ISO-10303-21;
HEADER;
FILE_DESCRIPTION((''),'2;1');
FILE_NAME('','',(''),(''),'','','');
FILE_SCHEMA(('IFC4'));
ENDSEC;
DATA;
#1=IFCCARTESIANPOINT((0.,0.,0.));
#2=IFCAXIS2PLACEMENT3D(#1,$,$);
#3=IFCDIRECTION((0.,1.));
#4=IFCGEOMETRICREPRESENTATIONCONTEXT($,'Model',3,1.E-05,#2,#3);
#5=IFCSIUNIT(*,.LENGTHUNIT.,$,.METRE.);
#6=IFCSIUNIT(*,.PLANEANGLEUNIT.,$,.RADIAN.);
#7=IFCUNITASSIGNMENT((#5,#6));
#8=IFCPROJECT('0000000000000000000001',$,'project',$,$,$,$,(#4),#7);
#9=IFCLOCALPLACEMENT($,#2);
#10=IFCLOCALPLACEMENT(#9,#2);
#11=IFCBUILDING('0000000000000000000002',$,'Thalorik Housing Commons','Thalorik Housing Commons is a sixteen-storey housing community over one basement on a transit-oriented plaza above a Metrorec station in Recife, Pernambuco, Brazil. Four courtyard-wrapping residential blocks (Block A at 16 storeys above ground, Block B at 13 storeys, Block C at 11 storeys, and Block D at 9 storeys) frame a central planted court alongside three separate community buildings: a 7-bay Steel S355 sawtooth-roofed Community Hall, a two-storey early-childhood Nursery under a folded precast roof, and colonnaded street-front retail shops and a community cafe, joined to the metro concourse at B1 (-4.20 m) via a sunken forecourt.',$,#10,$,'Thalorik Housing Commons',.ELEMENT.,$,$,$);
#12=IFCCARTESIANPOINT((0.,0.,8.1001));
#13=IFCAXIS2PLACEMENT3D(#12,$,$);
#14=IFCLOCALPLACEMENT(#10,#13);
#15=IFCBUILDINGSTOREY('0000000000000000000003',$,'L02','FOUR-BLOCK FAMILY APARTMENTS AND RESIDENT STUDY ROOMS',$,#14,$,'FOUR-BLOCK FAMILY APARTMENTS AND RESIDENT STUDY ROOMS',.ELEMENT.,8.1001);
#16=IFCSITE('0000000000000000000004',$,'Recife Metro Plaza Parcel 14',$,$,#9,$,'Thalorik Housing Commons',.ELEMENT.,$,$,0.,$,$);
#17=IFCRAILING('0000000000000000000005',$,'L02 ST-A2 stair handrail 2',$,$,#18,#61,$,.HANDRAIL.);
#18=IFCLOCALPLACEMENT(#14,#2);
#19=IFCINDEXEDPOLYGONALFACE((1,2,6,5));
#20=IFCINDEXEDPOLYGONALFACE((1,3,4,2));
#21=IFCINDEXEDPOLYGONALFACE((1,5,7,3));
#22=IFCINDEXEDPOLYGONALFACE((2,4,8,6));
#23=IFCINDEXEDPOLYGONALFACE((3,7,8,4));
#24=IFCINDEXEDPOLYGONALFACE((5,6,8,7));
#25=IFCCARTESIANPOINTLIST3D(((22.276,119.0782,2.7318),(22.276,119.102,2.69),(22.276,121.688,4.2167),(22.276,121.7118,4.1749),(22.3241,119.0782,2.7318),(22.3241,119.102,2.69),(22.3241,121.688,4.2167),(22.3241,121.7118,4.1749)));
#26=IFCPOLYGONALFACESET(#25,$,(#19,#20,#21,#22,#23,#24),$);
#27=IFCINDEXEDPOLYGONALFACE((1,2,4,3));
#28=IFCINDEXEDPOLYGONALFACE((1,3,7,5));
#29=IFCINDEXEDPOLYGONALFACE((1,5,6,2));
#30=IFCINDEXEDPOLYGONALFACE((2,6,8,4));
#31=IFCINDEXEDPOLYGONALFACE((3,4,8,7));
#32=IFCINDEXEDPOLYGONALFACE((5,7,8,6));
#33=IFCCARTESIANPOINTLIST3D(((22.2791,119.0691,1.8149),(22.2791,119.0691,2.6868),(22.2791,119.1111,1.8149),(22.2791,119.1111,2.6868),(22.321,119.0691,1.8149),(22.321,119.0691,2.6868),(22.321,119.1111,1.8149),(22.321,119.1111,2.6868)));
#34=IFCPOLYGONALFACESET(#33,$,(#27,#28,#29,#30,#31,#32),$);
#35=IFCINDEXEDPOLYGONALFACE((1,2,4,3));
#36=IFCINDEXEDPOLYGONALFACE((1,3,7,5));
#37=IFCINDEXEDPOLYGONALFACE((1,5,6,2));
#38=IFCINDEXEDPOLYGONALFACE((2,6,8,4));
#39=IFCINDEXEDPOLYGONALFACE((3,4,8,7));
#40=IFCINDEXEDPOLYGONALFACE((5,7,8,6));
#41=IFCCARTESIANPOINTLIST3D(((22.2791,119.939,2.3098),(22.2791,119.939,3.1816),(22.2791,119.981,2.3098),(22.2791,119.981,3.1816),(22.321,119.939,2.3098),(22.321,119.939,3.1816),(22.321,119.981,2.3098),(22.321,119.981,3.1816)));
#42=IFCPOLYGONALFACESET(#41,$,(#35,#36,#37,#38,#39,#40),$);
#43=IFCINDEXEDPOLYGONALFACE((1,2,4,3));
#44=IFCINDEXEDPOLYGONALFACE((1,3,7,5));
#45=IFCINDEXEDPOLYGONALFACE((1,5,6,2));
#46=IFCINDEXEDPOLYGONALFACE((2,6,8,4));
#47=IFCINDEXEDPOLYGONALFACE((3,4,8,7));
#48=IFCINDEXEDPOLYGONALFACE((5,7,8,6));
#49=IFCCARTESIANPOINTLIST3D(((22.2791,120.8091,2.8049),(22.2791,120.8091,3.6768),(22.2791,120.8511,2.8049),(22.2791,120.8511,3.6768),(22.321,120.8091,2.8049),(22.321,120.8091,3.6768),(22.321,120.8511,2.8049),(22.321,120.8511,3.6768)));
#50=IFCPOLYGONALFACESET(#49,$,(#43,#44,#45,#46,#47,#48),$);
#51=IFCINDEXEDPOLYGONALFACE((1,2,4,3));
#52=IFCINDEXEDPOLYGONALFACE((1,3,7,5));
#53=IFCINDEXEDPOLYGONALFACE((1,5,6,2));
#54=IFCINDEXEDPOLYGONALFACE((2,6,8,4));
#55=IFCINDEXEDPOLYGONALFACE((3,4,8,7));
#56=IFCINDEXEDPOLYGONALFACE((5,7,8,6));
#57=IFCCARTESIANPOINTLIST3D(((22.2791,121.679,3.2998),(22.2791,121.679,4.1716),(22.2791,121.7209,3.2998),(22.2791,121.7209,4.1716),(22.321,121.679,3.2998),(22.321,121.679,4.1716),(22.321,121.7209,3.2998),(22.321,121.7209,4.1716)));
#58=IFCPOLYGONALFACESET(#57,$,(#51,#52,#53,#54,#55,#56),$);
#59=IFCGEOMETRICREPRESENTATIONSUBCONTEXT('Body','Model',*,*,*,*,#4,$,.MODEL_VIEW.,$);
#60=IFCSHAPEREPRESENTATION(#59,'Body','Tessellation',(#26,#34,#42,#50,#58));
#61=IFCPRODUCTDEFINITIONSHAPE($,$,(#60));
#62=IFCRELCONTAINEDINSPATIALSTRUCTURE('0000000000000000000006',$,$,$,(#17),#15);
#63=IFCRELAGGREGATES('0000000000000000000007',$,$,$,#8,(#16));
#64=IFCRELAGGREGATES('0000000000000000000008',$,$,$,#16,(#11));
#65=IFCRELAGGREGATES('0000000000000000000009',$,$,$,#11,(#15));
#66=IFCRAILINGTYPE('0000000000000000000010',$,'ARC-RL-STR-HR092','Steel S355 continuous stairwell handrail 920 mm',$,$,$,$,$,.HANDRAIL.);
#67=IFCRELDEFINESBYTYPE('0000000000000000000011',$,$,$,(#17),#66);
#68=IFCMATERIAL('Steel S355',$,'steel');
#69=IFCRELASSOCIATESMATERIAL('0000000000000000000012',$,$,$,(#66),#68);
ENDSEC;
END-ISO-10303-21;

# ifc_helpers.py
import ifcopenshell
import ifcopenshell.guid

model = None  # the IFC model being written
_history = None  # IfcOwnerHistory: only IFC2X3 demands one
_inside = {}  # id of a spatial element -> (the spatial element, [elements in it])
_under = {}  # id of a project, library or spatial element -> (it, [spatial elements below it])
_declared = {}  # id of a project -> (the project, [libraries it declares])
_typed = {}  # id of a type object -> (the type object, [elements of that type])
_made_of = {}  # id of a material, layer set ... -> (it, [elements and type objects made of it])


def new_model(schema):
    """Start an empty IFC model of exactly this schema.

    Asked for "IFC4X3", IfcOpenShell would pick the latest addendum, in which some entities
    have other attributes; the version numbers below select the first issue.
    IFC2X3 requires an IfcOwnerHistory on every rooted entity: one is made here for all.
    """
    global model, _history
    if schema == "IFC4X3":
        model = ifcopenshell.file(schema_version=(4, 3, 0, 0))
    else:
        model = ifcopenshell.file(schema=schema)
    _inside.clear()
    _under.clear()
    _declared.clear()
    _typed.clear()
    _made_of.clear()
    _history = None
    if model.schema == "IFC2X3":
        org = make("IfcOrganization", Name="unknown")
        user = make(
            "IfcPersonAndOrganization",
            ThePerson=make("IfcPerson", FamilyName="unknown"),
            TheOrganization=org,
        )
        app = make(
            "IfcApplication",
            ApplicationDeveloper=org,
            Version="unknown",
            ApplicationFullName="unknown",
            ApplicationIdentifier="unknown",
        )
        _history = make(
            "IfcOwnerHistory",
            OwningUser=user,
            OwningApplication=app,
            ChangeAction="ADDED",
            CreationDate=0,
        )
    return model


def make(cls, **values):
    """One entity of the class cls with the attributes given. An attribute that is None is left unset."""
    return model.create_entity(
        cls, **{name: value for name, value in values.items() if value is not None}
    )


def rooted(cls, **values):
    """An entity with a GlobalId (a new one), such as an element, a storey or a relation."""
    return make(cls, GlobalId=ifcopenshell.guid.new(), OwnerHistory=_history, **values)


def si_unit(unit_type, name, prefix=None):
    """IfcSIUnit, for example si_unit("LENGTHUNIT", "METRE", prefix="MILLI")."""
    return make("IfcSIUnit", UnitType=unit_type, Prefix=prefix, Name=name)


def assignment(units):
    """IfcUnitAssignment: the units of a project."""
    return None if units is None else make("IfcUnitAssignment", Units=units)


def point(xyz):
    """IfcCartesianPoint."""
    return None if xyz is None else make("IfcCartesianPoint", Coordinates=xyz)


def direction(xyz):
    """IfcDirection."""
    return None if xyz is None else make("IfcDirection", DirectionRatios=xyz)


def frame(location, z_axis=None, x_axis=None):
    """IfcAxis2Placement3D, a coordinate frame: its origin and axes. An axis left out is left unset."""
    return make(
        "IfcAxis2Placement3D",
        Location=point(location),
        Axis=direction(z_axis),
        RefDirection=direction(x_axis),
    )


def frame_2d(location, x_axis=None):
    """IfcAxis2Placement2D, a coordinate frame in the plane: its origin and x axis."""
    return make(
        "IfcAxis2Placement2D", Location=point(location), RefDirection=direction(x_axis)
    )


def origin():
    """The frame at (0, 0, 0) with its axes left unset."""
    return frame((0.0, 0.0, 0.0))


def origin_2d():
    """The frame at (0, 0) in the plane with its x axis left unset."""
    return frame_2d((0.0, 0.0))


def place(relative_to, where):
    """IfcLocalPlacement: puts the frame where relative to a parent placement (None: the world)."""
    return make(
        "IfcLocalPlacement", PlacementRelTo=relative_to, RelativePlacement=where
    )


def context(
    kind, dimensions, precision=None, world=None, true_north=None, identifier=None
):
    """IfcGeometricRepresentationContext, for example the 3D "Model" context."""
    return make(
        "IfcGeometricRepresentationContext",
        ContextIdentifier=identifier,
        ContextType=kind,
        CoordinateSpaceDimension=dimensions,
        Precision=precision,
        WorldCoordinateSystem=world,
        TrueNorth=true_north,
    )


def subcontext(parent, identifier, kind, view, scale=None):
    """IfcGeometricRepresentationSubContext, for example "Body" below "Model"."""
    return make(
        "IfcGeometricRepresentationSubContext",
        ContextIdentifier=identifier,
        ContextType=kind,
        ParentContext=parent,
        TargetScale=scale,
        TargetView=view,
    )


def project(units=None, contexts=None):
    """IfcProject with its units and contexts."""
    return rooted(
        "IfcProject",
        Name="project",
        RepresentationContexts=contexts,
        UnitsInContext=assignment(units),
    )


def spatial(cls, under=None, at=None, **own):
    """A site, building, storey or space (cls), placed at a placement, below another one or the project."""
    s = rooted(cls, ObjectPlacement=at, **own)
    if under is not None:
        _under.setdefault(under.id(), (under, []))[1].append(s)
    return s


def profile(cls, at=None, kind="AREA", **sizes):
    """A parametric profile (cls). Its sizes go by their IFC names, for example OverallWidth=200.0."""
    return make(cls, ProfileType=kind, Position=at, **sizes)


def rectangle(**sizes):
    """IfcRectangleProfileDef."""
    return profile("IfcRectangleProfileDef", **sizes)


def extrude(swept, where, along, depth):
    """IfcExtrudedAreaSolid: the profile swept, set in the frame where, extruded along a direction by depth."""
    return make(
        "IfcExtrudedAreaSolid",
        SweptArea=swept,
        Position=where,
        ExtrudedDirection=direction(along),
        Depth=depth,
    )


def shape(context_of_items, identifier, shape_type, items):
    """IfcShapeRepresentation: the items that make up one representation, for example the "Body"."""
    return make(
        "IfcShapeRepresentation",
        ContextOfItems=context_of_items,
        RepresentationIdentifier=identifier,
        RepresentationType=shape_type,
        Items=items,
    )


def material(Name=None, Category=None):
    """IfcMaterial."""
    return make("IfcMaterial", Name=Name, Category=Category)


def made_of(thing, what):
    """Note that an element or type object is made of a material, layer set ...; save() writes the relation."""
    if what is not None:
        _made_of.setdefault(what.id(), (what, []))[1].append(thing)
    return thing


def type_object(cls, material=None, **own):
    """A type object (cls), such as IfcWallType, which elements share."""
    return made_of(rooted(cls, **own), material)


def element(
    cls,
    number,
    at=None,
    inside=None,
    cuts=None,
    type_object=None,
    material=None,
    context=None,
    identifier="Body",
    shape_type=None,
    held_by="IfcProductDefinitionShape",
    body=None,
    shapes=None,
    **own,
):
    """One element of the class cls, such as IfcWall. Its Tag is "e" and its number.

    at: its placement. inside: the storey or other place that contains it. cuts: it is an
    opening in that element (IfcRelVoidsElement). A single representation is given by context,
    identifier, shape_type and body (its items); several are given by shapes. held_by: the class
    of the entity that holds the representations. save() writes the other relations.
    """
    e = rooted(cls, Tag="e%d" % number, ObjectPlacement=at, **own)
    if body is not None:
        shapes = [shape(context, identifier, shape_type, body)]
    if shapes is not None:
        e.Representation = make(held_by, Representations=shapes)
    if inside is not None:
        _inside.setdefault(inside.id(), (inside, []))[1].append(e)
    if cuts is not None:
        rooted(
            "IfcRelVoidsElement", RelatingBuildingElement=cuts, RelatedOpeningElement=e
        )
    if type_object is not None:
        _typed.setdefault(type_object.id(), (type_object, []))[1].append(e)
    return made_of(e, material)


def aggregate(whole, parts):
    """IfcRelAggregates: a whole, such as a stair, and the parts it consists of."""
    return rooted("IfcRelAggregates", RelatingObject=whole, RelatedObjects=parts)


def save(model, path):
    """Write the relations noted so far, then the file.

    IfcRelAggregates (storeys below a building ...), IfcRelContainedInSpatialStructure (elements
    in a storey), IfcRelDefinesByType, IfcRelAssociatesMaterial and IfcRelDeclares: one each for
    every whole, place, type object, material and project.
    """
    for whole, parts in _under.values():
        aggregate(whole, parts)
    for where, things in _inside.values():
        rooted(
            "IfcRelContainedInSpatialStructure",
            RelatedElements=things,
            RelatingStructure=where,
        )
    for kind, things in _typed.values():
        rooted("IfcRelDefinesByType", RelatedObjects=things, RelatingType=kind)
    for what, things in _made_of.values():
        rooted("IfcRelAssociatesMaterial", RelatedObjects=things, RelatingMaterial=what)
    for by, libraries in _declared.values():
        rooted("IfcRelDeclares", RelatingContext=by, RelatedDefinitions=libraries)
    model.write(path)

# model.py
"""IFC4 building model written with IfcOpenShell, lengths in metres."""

from ifc_helpers import new_model, si_unit, direction, frame, origin, origin_2d, place, context, subcontext, project, spatial, rectangle, extrude, material, type_object, element, save


model = new_model("IFC4")

# Units and contexts
model_context = context("Model", 3, precision=1e-05, world=origin(), true_north=direction((0.0, 1.0)))
body_context = subcontext(model_context, "Body", "Model", "MODEL_VIEW")
ifc_project = project(units=[si_unit("LENGTHUNIT", "METRE"), si_unit("PLANEANGLEUNIT", "RADIAN")], contexts=[model_context])

# Site, building, storey
site_placement = place(None, origin())
site = spatial("IfcSite", under=ifc_project, at=site_placement, Name="Recife Metro Plaza Parcel 14", LongName="Thalorik Housing Commons", CompositionType="ELEMENT", RefElevation=0.0)
building_placement = place(site_placement, origin())
building = spatial("IfcBuilding", under=site, at=building_placement, Name="Thalorik Housing Commons", Description="Thalorik Housing Commons is a sixteen-storey housing community over one basement on a transit-oriented plaza above a Metrorec station in Recife, Pernambuco, Brazil. Four courtyard-wrapping residential blocks (Block A at 16 storeys above ground, Block B at 13 storeys, Block C at 11 storeys, and Block D at 9 storeys) frame a central planted court alongside three separate community buildings: a 7-bay Steel S355 sawtooth-roofed Community Hall, a two-storey early-childhood Nursery under a folded precast roof, and colonnaded street-front retail shops and a community cafe, joined to the metro concourse at B1 (-4.20 m) via a sunken forecourt.", LongName="Thalorik Housing Commons", CompositionType="ELEMENT")
storey_placement = place(building_placement, frame((0.0, 0.0, 8.1001)))
storey = spatial("IfcBuildingStorey", under=building, at=storey_placement, Name="L02", Description="FOUR-BLOCK FAMILY APARTMENTS AND RESIDENT STUDY ROOMS", LongName="FOUR-BLOCK FAMILY APARTMENTS AND RESIDENT STUDY ROOMS", CompositionType="ELEMENT", Elevation=8.1001)

# Railing
ifc_material_1 = material(Name="Steel S355", Category="steel")
railing_type_1 = type_object("IfcRailingType", Name="ARC-RL-STR-HR092", Description="Steel S355 continuous stairwell handrail 920 mm", PredefinedType="HANDRAIL", material=ifc_material_1)
railing_1_placement = place(storey_placement, frame((22.3, 119.0901, 1.8149)))
element("IfcRailing", 1, at=railing_1_placement, inside=storey, type_object=railing_type_1, Name="L02 ST-A2 stair handrail 2", PredefinedType="HANDRAIL", context=body_context, shape_type="SweptSolid", body=[
    extrude(rectangle(XDim=0.0481, YDim=0.0481, at=origin_2d()), frame((0.0, 0.0, 0.896), z_axis=(0.0, 0.869172, 0.494509), x_axis=(-1.0, 0.0, 0.0)), (0.0, 0.0, 1.0), 3.0027),
    extrude(rectangle(XDim=0.042, YDim=0.042, at=origin_2d()), origin(), (0.0, 0.0, 1.0), 0.8718),
    extrude(rectangle(XDim=0.042, YDim=0.042, at=origin_2d()), frame((0.0, 0.8699, 0.4949)), (0.0, 0.0, 1.0), 0.8718),
    extrude(rectangle(XDim=0.042, YDim=0.042, at=origin_2d()), frame((0.0, 1.74, 0.99)), (0.0, 0.0, 1.0), 0.8718),
    extrude(rectangle(XDim=0.042, YDim=0.042, at=origin_2d()), frame((0.0, 2.6099, 1.4849)), (0.0, 0.0, 1.0), 0.8718),
])

save(model, "model.ifc")
